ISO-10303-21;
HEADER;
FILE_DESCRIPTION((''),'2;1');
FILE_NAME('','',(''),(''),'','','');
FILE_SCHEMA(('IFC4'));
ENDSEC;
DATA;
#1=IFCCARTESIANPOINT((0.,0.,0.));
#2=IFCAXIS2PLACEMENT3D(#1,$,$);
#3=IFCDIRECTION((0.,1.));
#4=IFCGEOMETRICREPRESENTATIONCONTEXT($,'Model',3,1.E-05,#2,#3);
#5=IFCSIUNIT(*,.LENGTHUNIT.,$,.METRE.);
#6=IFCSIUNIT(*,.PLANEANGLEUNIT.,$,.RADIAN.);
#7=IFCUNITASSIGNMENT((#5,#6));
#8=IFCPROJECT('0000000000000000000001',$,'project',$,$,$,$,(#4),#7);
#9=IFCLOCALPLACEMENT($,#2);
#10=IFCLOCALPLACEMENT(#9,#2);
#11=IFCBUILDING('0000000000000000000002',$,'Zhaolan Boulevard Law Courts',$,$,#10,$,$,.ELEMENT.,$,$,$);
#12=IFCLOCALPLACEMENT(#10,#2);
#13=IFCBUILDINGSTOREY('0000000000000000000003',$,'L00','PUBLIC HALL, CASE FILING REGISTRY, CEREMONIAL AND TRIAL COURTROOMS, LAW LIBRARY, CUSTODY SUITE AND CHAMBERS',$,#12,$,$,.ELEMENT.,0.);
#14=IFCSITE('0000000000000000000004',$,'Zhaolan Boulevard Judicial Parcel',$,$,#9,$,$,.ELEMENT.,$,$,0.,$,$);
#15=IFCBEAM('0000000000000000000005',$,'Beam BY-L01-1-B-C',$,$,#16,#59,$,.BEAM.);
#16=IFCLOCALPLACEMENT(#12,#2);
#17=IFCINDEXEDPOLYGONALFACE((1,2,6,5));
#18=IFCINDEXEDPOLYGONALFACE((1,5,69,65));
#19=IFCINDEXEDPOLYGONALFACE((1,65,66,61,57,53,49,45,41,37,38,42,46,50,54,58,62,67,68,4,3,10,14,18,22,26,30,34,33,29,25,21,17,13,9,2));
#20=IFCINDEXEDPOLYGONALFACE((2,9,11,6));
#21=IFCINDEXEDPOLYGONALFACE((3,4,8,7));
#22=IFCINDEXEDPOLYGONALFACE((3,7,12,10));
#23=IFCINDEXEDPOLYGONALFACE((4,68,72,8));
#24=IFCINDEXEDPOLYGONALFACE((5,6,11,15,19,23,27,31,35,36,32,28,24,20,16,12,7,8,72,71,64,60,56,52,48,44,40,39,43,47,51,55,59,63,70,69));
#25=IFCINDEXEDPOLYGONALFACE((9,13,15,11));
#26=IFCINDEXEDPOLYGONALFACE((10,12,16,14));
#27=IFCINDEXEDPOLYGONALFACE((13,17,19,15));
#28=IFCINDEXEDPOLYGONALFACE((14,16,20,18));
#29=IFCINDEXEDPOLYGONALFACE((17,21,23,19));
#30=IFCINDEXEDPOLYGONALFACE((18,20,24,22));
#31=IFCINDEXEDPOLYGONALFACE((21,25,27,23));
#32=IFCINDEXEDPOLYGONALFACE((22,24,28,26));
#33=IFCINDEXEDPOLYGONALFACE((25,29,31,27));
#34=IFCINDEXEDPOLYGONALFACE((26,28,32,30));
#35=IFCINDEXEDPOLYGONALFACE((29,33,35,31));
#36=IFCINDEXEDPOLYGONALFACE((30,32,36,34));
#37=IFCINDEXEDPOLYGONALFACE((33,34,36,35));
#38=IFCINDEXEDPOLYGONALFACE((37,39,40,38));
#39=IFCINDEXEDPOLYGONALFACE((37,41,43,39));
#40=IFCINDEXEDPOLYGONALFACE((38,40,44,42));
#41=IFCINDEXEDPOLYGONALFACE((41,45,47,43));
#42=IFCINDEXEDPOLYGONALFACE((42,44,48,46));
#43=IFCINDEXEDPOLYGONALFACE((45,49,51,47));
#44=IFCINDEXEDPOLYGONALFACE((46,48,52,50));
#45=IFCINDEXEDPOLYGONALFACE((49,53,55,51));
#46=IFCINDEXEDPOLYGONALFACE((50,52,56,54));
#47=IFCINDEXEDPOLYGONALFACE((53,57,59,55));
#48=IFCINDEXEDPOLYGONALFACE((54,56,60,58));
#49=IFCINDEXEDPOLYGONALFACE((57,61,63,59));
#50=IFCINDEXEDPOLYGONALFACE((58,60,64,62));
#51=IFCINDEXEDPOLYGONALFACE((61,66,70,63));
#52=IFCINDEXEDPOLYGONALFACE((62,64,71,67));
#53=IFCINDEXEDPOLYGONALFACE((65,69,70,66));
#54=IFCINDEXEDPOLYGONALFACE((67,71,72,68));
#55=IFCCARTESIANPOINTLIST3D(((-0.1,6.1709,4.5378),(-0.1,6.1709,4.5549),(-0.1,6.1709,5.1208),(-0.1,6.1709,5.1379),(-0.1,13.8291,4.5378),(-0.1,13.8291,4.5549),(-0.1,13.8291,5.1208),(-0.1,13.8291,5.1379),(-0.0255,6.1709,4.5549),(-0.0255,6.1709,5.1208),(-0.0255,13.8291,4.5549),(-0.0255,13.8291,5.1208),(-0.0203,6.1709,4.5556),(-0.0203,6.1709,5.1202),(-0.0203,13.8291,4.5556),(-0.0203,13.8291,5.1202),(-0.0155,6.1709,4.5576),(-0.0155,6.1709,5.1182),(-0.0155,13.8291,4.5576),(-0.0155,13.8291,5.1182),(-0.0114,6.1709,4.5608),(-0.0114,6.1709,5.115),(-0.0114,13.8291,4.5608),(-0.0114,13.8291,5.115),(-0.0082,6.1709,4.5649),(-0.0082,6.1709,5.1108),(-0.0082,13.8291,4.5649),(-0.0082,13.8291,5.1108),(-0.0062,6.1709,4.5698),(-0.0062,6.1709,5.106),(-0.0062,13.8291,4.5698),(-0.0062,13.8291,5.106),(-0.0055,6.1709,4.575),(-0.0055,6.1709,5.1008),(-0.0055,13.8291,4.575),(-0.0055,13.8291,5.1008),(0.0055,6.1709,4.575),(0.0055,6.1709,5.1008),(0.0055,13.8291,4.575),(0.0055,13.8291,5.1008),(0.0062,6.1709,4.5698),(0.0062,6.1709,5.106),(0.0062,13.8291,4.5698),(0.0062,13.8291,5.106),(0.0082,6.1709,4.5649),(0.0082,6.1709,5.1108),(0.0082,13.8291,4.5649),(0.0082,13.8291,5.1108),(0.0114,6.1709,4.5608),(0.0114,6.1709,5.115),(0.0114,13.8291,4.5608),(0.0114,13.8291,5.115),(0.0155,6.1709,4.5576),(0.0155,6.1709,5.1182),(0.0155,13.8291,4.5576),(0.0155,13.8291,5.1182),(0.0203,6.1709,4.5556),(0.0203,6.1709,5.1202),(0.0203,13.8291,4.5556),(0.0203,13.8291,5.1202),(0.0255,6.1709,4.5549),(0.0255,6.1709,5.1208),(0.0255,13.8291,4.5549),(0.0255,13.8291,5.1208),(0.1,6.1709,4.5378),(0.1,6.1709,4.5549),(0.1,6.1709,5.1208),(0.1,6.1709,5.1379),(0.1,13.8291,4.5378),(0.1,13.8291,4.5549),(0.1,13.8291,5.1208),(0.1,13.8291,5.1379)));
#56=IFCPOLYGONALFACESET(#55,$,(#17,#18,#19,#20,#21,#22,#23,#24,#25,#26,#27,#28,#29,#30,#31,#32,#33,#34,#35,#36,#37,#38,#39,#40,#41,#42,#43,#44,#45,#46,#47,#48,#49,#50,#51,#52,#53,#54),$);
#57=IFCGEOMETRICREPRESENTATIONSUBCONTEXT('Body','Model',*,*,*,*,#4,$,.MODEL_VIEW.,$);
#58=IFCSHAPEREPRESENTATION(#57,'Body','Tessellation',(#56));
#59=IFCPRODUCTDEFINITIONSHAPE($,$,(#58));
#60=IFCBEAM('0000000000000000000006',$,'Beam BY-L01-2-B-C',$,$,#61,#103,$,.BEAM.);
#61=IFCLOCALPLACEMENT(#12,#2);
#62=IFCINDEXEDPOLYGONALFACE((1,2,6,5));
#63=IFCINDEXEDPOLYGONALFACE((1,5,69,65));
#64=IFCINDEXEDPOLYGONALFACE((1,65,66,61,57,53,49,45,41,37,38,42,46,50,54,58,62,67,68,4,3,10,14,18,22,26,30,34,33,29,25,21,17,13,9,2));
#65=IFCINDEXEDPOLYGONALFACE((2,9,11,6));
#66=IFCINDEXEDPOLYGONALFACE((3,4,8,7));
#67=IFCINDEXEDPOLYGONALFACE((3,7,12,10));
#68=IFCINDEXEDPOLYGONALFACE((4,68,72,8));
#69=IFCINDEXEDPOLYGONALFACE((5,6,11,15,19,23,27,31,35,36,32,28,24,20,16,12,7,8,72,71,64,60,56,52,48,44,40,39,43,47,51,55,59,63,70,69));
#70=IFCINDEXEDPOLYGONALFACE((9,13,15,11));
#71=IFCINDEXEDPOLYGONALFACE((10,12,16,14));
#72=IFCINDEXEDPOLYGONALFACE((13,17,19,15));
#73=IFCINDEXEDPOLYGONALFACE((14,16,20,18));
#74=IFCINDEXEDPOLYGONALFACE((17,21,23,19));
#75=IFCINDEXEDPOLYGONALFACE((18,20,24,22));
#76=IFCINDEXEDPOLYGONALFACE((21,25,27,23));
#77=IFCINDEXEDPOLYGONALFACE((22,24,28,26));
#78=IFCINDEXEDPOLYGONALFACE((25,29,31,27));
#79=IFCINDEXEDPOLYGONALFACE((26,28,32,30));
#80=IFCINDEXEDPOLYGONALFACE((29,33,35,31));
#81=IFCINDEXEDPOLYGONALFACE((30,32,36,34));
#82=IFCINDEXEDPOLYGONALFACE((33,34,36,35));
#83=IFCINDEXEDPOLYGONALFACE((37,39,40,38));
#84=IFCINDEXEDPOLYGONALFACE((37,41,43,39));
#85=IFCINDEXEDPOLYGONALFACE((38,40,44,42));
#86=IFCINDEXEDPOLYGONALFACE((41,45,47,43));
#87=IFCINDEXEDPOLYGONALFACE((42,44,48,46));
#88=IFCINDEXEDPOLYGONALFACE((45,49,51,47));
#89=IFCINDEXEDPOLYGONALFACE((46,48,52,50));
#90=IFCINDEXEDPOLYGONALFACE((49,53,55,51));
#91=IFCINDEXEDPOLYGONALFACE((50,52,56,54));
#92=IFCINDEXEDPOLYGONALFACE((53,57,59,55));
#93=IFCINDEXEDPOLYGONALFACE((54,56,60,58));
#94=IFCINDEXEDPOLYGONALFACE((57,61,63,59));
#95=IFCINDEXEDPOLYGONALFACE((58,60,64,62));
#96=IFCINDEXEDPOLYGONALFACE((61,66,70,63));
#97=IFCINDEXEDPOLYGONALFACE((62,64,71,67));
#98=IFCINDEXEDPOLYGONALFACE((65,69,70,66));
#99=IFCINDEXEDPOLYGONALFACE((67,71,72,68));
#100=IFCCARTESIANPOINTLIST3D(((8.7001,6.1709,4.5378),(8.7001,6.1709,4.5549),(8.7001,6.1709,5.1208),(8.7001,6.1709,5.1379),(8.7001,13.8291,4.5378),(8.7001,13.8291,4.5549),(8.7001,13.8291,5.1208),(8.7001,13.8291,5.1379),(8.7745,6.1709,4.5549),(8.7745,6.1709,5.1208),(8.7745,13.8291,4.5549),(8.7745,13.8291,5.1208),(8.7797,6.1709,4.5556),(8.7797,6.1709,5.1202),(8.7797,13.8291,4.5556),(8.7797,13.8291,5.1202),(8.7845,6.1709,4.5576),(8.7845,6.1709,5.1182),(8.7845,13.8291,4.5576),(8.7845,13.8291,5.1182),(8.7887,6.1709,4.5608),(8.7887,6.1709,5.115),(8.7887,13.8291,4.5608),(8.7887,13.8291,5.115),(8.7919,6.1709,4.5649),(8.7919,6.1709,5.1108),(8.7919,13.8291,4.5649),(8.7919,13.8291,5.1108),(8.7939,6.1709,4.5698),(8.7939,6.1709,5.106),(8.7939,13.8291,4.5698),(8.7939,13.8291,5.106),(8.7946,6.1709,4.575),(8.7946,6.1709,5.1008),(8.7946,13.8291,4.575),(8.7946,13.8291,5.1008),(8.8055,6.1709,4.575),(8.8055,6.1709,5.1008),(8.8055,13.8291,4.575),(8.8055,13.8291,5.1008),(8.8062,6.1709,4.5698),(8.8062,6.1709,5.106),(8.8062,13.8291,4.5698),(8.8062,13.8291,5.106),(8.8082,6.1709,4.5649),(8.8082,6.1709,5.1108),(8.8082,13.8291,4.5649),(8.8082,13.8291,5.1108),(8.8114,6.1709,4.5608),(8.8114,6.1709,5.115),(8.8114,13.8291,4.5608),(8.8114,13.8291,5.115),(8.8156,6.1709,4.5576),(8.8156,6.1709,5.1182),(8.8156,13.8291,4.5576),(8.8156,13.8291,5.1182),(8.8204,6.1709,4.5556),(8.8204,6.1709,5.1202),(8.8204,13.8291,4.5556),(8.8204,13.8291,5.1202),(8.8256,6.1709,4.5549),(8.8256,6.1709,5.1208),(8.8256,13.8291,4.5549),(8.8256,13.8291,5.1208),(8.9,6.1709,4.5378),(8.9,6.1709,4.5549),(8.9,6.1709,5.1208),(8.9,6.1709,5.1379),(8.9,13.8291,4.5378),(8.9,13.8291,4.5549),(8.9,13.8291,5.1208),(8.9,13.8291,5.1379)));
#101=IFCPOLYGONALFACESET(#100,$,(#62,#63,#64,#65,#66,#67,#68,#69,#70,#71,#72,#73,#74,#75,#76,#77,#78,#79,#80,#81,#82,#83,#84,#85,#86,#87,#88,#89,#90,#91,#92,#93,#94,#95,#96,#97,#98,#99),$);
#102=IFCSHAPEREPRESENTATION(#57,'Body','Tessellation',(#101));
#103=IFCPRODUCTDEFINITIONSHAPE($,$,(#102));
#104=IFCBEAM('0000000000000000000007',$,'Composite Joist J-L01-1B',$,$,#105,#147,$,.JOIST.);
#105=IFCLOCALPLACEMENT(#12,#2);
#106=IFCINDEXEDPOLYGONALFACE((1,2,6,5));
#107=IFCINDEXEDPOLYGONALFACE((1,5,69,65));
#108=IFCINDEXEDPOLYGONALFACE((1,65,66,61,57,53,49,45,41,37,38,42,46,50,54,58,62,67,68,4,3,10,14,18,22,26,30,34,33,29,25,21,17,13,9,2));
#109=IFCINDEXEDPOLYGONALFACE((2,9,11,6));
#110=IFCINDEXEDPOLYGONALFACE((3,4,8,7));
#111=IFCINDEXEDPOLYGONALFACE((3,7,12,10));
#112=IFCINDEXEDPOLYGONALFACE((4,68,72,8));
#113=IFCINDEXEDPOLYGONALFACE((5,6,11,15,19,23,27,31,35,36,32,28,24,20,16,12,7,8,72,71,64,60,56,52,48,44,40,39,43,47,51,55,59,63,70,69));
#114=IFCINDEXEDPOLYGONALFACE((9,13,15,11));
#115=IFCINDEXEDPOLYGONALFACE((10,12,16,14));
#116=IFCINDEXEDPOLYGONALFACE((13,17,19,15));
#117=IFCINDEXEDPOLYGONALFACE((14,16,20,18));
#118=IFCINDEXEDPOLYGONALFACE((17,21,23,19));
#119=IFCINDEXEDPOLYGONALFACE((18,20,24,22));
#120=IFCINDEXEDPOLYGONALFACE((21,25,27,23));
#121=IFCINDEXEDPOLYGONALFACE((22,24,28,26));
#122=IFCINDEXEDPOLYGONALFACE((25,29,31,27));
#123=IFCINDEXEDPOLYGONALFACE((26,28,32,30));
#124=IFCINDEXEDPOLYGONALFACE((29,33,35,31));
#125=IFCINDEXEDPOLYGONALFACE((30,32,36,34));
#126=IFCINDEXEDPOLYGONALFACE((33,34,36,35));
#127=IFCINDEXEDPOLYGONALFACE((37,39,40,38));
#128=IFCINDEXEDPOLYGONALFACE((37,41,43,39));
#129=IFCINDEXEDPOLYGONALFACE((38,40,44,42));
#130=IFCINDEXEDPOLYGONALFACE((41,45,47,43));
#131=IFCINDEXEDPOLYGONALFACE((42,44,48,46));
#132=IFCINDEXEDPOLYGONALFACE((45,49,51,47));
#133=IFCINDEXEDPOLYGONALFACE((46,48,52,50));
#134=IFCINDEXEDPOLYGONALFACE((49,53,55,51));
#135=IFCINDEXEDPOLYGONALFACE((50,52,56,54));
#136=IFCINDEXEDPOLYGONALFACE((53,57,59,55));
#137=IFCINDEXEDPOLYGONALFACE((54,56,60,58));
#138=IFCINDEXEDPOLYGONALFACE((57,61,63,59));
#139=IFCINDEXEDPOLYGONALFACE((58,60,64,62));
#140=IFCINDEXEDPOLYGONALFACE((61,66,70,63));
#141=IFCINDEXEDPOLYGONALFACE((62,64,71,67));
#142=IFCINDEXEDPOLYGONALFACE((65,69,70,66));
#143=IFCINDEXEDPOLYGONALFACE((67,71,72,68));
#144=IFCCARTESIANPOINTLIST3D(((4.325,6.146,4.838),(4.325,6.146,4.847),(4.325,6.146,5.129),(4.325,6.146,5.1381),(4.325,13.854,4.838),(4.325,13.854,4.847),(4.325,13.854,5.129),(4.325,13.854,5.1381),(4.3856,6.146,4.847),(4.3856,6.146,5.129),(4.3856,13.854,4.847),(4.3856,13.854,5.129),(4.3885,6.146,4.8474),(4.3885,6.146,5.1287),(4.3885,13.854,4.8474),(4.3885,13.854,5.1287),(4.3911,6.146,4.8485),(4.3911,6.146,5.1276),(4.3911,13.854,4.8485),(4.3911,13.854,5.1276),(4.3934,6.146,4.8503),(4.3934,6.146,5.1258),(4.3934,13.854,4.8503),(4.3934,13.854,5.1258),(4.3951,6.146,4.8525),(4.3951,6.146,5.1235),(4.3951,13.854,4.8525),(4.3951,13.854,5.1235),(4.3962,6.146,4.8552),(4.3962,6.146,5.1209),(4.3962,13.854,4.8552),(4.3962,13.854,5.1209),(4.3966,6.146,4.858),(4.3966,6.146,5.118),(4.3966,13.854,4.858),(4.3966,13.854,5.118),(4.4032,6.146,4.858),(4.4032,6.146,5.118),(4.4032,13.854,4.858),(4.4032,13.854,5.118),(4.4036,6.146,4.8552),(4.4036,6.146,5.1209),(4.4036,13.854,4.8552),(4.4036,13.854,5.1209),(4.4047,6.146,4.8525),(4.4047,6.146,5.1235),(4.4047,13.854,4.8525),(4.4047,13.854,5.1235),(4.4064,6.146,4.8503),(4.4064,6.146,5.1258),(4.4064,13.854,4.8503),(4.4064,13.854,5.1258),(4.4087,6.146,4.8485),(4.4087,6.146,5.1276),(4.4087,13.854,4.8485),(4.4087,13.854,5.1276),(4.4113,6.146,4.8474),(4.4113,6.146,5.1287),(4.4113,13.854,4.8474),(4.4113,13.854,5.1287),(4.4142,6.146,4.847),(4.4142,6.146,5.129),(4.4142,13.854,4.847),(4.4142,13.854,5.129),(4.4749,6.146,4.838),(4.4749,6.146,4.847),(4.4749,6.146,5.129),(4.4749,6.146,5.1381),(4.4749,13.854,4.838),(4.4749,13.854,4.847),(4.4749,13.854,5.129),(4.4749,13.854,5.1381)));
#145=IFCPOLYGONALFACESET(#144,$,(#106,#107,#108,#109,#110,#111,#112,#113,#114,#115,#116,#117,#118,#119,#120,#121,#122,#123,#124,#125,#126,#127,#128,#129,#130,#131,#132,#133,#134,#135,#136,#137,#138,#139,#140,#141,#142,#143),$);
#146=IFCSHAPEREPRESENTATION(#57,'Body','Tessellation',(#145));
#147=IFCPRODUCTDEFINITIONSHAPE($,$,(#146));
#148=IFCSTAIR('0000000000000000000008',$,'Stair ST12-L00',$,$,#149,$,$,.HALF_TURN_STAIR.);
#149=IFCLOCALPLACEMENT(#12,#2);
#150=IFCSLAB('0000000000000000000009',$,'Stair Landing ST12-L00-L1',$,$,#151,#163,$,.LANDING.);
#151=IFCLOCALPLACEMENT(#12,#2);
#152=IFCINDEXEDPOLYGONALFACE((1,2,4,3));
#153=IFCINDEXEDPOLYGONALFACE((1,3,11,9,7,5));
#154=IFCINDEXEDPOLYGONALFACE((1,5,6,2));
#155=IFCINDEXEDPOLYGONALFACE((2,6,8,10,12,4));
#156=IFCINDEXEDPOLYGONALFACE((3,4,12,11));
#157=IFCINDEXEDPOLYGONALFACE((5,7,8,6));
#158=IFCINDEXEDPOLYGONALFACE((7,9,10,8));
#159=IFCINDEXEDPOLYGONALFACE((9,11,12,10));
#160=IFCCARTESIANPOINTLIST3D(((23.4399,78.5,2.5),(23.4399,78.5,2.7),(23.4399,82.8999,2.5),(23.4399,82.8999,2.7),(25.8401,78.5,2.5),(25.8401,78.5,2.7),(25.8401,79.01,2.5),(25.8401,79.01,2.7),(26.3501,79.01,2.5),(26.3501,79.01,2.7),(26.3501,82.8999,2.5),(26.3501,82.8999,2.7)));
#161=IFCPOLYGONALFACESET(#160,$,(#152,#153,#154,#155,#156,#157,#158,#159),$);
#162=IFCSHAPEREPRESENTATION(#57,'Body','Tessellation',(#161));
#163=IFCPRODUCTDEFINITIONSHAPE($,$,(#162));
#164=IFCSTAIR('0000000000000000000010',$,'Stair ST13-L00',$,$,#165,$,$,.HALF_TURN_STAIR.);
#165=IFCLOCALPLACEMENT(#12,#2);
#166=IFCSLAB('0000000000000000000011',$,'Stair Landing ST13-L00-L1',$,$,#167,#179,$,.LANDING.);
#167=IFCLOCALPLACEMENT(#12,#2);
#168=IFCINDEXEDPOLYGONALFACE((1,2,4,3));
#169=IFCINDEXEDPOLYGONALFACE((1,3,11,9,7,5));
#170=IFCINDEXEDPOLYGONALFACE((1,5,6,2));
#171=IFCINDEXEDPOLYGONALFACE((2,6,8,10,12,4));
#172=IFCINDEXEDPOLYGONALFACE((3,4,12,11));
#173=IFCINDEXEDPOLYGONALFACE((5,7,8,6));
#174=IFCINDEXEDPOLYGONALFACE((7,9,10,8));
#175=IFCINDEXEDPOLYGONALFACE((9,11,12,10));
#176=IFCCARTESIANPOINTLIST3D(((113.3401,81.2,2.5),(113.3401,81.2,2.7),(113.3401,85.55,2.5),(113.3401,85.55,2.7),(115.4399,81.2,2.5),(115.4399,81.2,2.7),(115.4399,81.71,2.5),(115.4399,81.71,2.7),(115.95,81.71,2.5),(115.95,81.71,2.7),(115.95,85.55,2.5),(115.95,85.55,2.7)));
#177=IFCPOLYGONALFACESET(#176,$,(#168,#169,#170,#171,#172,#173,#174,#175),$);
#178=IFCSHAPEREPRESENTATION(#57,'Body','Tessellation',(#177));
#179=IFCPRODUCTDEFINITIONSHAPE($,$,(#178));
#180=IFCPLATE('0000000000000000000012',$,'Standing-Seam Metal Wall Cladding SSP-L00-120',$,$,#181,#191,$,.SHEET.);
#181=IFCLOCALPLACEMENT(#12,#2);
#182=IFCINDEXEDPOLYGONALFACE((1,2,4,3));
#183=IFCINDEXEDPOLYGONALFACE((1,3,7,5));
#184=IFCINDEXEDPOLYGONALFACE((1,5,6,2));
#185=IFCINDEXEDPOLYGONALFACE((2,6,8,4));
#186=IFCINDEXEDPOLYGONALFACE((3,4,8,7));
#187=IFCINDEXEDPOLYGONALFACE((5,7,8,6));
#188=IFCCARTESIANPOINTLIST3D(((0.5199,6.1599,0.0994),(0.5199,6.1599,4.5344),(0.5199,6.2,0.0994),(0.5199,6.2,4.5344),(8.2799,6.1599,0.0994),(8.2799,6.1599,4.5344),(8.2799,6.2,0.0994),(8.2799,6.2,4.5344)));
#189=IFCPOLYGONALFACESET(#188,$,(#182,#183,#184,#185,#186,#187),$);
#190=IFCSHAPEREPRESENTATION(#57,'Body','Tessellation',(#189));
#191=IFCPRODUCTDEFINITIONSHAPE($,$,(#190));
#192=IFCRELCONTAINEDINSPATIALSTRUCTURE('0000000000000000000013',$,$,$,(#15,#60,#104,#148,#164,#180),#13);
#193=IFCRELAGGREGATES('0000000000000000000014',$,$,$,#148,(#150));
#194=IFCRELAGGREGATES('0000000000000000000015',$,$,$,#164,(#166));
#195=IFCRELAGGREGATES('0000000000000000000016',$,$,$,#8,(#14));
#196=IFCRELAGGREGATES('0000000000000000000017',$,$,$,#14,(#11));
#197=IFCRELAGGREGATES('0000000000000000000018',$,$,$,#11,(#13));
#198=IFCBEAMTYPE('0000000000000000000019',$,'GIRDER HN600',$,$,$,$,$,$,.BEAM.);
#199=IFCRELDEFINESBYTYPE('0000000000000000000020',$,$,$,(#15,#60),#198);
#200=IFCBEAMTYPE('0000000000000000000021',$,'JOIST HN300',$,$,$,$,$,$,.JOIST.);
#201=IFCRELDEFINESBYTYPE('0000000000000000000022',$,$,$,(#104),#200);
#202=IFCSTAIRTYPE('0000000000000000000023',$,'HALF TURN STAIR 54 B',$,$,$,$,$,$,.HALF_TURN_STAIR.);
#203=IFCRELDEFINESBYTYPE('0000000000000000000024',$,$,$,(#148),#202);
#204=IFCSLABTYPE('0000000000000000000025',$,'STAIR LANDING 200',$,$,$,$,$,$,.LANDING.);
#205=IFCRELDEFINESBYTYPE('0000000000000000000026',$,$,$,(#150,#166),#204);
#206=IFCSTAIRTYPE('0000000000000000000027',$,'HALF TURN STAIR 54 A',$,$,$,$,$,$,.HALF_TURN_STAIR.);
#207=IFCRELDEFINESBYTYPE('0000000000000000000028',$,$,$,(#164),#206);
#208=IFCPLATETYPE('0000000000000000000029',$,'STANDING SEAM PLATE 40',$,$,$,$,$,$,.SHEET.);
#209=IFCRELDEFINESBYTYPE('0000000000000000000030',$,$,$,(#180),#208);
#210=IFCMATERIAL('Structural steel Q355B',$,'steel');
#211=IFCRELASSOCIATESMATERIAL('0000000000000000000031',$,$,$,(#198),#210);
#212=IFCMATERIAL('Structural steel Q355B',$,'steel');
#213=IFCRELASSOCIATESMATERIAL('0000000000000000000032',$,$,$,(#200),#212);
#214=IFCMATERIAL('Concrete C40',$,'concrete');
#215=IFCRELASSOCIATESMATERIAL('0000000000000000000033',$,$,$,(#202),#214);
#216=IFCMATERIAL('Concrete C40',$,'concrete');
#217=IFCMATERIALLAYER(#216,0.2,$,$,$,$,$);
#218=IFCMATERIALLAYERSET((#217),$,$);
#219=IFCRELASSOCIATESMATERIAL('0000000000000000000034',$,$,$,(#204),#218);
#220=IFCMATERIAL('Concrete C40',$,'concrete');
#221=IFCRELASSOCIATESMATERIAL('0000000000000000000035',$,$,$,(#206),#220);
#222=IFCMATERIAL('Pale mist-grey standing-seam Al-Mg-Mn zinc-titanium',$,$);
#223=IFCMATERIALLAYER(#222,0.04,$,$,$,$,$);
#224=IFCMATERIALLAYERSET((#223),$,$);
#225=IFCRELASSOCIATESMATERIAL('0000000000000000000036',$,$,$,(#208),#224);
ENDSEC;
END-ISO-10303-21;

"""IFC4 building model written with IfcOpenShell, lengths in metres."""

from ifc_helpers import new_model, si_unit, direction, frame, origin, origin_2d, place, context, subcontext, project, spatial, polyline, rectangle, i_section, outline, extrude, material, layer, layer_set, material_profile, profile_set, type_object, element, aggregate, save


model = new_model("IFC4")

# Units and contexts
model_context = context("Model", 3, precision=1e-05, world=origin(), true_north=direction((0.0, 1.0)))
body_context = subcontext(model_context, "Body", "Model", "MODEL_VIEW")
ifc_project = project(units=[si_unit("LENGTHUNIT", "METRE"), si_unit("PLANEANGLEUNIT", "RADIAN")], contexts=[model_context])

# Site, building, storey
site_placement = place(None, origin())
site = spatial("IfcSite", under=ifc_project, at=site_placement, Name="Zhaolan Boulevard Judicial Parcel", CompositionType="ELEMENT", RefElevation=0.0)
building_placement = place(site_placement, origin())
building = spatial("IfcBuilding", under=site, at=building_placement, Name="Zhaolan Boulevard Law Courts", CompositionType="ELEMENT")
storey_placement = place(building_placement, origin())
storey = spatial("IfcBuildingStorey", under=building, at=storey_placement, Name="L00", Description="PUBLIC HALL, CASE FILING REGISTRY, CEREMONIAL AND TRIAL COURTROOMS, LAW LIBRARY, CUSTODY SUITE AND CHAMBERS", CompositionType="ELEMENT", Elevation=0.0)

# Beams
ifc_material_1 = material(Name="Structural steel Q355B", Category="steel")
ifc_material_profile_1 = material_profile(ifc_material_1, i_section(OverallWidth=0.2, OverallDepth=0.6001, WebThickness=0.011, FlangeThickness=0.0171, FilletRadius=0.02, at=origin_2d()), Name="HN600x200")
ifc_profile_set_1 = profile_set([ifc_material_profile_1], Name="Structural steel Q355B")
beam_type_1 = type_object("IfcBeamType", Name="GIRDER HN600", PredefinedType="BEAM", material=ifc_profile_set_1)
for number, where, z_axis, x_axis, name in (
    (1, (0.0, 6.1709, 4.8379), (0.0, 1.0, 0.0), (-1.0, 0.0, 0.0), "Beam BY-L01-1-B-C"),
    (2, (8.8, 6.1709, 4.8379), (0.0, 1.0, 0.0), (-1.0, 0.0, 0.0), "Beam BY-L01-2-B-C"),
):
    element("IfcBeam", number, at=place(storey_placement, frame(where, z_axis=z_axis, x_axis=x_axis)), inside=storey, type_object=beam_type_1, Name=name, PredefinedType="BEAM", context=body_context, shape_type="SweptSolid", body=[
        extrude(i_section(OverallWidth=0.2, OverallDepth=0.6001, WebThickness=0.011, FlangeThickness=0.0171, FilletRadius=0.02, at=origin_2d()), origin(), (0.0, 0.0, 1.0), 7.6582),
    ])
ifc_material_2 = material(Name="Structural steel Q355B", Category="steel")
ifc_material_profile_2 = material_profile(ifc_material_2, i_section(OverallWidth=0.1499, OverallDepth=0.3, WebThickness=0.0066, FlangeThickness=0.009, FilletRadius=0.011, at=origin_2d()), Name="HN300x150")
ifc_profile_set_2 = profile_set([ifc_material_profile_2], Name="Structural steel Q355B")
beam_type_2 = type_object("IfcBeamType", Name="JOIST HN300", PredefinedType="JOIST", material=ifc_profile_set_2)
beam_placement = place(storey_placement, frame((4.3999, 6.146, 4.988), z_axis=(0.0, 1.0, 0.0), x_axis=(-1.0, 0.0, 0.0)))
element("IfcBeam", 3, at=beam_placement, inside=storey, type_object=beam_type_2, Name="Composite Joist J-L01-1B", PredefinedType="JOIST", context=body_context, shape_type="SweptSolid", body=[
    extrude(i_section(OverallWidth=0.1499, OverallDepth=0.3, WebThickness=0.0066, FlangeThickness=0.009, FilletRadius=0.011, at=origin_2d()), origin(), (0.0, 0.0, 1.0), 7.708),
])

# Stairs, slabs
ifc_material_3 = material(Name="Concrete C40", Category="concrete")
stair_type_1 = type_object("IfcStairType", Name="HALF TURN STAIR 54 B", PredefinedType="HALF_TURN_STAIR", material=ifc_material_3)
stair_1_placement = place(storey_placement, origin())
stair_1 = element("IfcStair", 4, at=stair_1_placement, inside=storey, type_object=stair_type_1, Name="Stair ST12-L00", PredefinedType="HALF_TURN_STAIR")
ifc_material_4 = material(Name="Concrete C40", Category="concrete")
ifc_layer_1 = layer(ifc_material_4, 0.2)
ifc_layer_set_1 = layer_set([ifc_layer_1])
slab_type = type_object("IfcSlabType", Name="STAIR LANDING 200", PredefinedType="LANDING", material=ifc_layer_set_1)
slab_1_placement = place(storey_placement, frame((0.0, 0.0, 2.5)))
slab_1 = element("IfcSlab", 5, at=slab_1_placement, type_object=slab_type, Name="Stair Landing ST12-L00-L1", PredefinedType="LANDING", context=body_context, shape_type="SweptSolid", body=[
    extrude(outline(polyline([(23.4399, 78.5), (25.8401, 78.5), (25.8401, 79.01), (26.3501, 79.01), (26.3501, 82.8999), (23.4399, 82.8999), (23.4399, 78.5)])), origin(), (0.0, 0.0, 1.0), 0.2),
])
aggregate(stair_1, [slab_1])
ifc_material_5 = material(Name="Concrete C40", Category="concrete")
stair_type_2 = type_object("IfcStairType", Name="HALF TURN STAIR 54 A", PredefinedType="HALF_TURN_STAIR", material=ifc_material_5)
stair_2_placement = place(storey_placement, origin())
stair_2 = element("IfcStair", 6, at=stair_2_placement, inside=storey, type_object=stair_type_2, Name="Stair ST13-L00", PredefinedType="HALF_TURN_STAIR")
slab_2_placement = place(storey_placement, frame((0.0, 0.0, 2.5)))
slab_2 = element("IfcSlab", 7, at=slab_2_placement, type_object=slab_type, Name="Stair Landing ST13-L00-L1", PredefinedType="LANDING", context=body_context, shape_type="SweptSolid", body=[
    extrude(outline(polyline([(113.3401, 81.2), (115.4399, 81.2), (115.4399, 81.71), (115.95, 81.71), (115.95, 85.55), (113.3401, 85.55), (113.3401, 81.2)])), origin(), (0.0, 0.0, 1.0), 0.2),
])
aggregate(stair_2, [slab_2])

# Plate
ifc_material_6 = material(Name="Pale mist-grey standing-seam Al-Mg-Mn zinc-titanium")
ifc_layer_2 = layer(ifc_material_6, 0.04)
ifc_layer_set_2 = layer_set([ifc_layer_2])
plate_type = type_object("IfcPlateType", Name="STANDING SEAM PLATE 40", PredefinedType="SHEET", material=ifc_layer_set_2)
plate_placement = place(storey_placement, frame((4.3999, 6.1799, 0.0994), z_axis=(0.0, 0.0, 1.0), x_axis=(1.0, 0.0, 0.0)))
element("IfcPlate", 8, at=plate_placement, inside=storey, type_object=plate_type, Name="Standing-Seam Metal Wall Cladding SSP-L00-120", PredefinedType="SHEET", context=body_context, shape_type="SweptSolid", body=[
    extrude(rectangle(XDim=7.76, YDim=0.04, at=origin_2d()), origin(), (0.0, 0.0, 1.0), 4.4351),
])

save(model, "model.ifc")
